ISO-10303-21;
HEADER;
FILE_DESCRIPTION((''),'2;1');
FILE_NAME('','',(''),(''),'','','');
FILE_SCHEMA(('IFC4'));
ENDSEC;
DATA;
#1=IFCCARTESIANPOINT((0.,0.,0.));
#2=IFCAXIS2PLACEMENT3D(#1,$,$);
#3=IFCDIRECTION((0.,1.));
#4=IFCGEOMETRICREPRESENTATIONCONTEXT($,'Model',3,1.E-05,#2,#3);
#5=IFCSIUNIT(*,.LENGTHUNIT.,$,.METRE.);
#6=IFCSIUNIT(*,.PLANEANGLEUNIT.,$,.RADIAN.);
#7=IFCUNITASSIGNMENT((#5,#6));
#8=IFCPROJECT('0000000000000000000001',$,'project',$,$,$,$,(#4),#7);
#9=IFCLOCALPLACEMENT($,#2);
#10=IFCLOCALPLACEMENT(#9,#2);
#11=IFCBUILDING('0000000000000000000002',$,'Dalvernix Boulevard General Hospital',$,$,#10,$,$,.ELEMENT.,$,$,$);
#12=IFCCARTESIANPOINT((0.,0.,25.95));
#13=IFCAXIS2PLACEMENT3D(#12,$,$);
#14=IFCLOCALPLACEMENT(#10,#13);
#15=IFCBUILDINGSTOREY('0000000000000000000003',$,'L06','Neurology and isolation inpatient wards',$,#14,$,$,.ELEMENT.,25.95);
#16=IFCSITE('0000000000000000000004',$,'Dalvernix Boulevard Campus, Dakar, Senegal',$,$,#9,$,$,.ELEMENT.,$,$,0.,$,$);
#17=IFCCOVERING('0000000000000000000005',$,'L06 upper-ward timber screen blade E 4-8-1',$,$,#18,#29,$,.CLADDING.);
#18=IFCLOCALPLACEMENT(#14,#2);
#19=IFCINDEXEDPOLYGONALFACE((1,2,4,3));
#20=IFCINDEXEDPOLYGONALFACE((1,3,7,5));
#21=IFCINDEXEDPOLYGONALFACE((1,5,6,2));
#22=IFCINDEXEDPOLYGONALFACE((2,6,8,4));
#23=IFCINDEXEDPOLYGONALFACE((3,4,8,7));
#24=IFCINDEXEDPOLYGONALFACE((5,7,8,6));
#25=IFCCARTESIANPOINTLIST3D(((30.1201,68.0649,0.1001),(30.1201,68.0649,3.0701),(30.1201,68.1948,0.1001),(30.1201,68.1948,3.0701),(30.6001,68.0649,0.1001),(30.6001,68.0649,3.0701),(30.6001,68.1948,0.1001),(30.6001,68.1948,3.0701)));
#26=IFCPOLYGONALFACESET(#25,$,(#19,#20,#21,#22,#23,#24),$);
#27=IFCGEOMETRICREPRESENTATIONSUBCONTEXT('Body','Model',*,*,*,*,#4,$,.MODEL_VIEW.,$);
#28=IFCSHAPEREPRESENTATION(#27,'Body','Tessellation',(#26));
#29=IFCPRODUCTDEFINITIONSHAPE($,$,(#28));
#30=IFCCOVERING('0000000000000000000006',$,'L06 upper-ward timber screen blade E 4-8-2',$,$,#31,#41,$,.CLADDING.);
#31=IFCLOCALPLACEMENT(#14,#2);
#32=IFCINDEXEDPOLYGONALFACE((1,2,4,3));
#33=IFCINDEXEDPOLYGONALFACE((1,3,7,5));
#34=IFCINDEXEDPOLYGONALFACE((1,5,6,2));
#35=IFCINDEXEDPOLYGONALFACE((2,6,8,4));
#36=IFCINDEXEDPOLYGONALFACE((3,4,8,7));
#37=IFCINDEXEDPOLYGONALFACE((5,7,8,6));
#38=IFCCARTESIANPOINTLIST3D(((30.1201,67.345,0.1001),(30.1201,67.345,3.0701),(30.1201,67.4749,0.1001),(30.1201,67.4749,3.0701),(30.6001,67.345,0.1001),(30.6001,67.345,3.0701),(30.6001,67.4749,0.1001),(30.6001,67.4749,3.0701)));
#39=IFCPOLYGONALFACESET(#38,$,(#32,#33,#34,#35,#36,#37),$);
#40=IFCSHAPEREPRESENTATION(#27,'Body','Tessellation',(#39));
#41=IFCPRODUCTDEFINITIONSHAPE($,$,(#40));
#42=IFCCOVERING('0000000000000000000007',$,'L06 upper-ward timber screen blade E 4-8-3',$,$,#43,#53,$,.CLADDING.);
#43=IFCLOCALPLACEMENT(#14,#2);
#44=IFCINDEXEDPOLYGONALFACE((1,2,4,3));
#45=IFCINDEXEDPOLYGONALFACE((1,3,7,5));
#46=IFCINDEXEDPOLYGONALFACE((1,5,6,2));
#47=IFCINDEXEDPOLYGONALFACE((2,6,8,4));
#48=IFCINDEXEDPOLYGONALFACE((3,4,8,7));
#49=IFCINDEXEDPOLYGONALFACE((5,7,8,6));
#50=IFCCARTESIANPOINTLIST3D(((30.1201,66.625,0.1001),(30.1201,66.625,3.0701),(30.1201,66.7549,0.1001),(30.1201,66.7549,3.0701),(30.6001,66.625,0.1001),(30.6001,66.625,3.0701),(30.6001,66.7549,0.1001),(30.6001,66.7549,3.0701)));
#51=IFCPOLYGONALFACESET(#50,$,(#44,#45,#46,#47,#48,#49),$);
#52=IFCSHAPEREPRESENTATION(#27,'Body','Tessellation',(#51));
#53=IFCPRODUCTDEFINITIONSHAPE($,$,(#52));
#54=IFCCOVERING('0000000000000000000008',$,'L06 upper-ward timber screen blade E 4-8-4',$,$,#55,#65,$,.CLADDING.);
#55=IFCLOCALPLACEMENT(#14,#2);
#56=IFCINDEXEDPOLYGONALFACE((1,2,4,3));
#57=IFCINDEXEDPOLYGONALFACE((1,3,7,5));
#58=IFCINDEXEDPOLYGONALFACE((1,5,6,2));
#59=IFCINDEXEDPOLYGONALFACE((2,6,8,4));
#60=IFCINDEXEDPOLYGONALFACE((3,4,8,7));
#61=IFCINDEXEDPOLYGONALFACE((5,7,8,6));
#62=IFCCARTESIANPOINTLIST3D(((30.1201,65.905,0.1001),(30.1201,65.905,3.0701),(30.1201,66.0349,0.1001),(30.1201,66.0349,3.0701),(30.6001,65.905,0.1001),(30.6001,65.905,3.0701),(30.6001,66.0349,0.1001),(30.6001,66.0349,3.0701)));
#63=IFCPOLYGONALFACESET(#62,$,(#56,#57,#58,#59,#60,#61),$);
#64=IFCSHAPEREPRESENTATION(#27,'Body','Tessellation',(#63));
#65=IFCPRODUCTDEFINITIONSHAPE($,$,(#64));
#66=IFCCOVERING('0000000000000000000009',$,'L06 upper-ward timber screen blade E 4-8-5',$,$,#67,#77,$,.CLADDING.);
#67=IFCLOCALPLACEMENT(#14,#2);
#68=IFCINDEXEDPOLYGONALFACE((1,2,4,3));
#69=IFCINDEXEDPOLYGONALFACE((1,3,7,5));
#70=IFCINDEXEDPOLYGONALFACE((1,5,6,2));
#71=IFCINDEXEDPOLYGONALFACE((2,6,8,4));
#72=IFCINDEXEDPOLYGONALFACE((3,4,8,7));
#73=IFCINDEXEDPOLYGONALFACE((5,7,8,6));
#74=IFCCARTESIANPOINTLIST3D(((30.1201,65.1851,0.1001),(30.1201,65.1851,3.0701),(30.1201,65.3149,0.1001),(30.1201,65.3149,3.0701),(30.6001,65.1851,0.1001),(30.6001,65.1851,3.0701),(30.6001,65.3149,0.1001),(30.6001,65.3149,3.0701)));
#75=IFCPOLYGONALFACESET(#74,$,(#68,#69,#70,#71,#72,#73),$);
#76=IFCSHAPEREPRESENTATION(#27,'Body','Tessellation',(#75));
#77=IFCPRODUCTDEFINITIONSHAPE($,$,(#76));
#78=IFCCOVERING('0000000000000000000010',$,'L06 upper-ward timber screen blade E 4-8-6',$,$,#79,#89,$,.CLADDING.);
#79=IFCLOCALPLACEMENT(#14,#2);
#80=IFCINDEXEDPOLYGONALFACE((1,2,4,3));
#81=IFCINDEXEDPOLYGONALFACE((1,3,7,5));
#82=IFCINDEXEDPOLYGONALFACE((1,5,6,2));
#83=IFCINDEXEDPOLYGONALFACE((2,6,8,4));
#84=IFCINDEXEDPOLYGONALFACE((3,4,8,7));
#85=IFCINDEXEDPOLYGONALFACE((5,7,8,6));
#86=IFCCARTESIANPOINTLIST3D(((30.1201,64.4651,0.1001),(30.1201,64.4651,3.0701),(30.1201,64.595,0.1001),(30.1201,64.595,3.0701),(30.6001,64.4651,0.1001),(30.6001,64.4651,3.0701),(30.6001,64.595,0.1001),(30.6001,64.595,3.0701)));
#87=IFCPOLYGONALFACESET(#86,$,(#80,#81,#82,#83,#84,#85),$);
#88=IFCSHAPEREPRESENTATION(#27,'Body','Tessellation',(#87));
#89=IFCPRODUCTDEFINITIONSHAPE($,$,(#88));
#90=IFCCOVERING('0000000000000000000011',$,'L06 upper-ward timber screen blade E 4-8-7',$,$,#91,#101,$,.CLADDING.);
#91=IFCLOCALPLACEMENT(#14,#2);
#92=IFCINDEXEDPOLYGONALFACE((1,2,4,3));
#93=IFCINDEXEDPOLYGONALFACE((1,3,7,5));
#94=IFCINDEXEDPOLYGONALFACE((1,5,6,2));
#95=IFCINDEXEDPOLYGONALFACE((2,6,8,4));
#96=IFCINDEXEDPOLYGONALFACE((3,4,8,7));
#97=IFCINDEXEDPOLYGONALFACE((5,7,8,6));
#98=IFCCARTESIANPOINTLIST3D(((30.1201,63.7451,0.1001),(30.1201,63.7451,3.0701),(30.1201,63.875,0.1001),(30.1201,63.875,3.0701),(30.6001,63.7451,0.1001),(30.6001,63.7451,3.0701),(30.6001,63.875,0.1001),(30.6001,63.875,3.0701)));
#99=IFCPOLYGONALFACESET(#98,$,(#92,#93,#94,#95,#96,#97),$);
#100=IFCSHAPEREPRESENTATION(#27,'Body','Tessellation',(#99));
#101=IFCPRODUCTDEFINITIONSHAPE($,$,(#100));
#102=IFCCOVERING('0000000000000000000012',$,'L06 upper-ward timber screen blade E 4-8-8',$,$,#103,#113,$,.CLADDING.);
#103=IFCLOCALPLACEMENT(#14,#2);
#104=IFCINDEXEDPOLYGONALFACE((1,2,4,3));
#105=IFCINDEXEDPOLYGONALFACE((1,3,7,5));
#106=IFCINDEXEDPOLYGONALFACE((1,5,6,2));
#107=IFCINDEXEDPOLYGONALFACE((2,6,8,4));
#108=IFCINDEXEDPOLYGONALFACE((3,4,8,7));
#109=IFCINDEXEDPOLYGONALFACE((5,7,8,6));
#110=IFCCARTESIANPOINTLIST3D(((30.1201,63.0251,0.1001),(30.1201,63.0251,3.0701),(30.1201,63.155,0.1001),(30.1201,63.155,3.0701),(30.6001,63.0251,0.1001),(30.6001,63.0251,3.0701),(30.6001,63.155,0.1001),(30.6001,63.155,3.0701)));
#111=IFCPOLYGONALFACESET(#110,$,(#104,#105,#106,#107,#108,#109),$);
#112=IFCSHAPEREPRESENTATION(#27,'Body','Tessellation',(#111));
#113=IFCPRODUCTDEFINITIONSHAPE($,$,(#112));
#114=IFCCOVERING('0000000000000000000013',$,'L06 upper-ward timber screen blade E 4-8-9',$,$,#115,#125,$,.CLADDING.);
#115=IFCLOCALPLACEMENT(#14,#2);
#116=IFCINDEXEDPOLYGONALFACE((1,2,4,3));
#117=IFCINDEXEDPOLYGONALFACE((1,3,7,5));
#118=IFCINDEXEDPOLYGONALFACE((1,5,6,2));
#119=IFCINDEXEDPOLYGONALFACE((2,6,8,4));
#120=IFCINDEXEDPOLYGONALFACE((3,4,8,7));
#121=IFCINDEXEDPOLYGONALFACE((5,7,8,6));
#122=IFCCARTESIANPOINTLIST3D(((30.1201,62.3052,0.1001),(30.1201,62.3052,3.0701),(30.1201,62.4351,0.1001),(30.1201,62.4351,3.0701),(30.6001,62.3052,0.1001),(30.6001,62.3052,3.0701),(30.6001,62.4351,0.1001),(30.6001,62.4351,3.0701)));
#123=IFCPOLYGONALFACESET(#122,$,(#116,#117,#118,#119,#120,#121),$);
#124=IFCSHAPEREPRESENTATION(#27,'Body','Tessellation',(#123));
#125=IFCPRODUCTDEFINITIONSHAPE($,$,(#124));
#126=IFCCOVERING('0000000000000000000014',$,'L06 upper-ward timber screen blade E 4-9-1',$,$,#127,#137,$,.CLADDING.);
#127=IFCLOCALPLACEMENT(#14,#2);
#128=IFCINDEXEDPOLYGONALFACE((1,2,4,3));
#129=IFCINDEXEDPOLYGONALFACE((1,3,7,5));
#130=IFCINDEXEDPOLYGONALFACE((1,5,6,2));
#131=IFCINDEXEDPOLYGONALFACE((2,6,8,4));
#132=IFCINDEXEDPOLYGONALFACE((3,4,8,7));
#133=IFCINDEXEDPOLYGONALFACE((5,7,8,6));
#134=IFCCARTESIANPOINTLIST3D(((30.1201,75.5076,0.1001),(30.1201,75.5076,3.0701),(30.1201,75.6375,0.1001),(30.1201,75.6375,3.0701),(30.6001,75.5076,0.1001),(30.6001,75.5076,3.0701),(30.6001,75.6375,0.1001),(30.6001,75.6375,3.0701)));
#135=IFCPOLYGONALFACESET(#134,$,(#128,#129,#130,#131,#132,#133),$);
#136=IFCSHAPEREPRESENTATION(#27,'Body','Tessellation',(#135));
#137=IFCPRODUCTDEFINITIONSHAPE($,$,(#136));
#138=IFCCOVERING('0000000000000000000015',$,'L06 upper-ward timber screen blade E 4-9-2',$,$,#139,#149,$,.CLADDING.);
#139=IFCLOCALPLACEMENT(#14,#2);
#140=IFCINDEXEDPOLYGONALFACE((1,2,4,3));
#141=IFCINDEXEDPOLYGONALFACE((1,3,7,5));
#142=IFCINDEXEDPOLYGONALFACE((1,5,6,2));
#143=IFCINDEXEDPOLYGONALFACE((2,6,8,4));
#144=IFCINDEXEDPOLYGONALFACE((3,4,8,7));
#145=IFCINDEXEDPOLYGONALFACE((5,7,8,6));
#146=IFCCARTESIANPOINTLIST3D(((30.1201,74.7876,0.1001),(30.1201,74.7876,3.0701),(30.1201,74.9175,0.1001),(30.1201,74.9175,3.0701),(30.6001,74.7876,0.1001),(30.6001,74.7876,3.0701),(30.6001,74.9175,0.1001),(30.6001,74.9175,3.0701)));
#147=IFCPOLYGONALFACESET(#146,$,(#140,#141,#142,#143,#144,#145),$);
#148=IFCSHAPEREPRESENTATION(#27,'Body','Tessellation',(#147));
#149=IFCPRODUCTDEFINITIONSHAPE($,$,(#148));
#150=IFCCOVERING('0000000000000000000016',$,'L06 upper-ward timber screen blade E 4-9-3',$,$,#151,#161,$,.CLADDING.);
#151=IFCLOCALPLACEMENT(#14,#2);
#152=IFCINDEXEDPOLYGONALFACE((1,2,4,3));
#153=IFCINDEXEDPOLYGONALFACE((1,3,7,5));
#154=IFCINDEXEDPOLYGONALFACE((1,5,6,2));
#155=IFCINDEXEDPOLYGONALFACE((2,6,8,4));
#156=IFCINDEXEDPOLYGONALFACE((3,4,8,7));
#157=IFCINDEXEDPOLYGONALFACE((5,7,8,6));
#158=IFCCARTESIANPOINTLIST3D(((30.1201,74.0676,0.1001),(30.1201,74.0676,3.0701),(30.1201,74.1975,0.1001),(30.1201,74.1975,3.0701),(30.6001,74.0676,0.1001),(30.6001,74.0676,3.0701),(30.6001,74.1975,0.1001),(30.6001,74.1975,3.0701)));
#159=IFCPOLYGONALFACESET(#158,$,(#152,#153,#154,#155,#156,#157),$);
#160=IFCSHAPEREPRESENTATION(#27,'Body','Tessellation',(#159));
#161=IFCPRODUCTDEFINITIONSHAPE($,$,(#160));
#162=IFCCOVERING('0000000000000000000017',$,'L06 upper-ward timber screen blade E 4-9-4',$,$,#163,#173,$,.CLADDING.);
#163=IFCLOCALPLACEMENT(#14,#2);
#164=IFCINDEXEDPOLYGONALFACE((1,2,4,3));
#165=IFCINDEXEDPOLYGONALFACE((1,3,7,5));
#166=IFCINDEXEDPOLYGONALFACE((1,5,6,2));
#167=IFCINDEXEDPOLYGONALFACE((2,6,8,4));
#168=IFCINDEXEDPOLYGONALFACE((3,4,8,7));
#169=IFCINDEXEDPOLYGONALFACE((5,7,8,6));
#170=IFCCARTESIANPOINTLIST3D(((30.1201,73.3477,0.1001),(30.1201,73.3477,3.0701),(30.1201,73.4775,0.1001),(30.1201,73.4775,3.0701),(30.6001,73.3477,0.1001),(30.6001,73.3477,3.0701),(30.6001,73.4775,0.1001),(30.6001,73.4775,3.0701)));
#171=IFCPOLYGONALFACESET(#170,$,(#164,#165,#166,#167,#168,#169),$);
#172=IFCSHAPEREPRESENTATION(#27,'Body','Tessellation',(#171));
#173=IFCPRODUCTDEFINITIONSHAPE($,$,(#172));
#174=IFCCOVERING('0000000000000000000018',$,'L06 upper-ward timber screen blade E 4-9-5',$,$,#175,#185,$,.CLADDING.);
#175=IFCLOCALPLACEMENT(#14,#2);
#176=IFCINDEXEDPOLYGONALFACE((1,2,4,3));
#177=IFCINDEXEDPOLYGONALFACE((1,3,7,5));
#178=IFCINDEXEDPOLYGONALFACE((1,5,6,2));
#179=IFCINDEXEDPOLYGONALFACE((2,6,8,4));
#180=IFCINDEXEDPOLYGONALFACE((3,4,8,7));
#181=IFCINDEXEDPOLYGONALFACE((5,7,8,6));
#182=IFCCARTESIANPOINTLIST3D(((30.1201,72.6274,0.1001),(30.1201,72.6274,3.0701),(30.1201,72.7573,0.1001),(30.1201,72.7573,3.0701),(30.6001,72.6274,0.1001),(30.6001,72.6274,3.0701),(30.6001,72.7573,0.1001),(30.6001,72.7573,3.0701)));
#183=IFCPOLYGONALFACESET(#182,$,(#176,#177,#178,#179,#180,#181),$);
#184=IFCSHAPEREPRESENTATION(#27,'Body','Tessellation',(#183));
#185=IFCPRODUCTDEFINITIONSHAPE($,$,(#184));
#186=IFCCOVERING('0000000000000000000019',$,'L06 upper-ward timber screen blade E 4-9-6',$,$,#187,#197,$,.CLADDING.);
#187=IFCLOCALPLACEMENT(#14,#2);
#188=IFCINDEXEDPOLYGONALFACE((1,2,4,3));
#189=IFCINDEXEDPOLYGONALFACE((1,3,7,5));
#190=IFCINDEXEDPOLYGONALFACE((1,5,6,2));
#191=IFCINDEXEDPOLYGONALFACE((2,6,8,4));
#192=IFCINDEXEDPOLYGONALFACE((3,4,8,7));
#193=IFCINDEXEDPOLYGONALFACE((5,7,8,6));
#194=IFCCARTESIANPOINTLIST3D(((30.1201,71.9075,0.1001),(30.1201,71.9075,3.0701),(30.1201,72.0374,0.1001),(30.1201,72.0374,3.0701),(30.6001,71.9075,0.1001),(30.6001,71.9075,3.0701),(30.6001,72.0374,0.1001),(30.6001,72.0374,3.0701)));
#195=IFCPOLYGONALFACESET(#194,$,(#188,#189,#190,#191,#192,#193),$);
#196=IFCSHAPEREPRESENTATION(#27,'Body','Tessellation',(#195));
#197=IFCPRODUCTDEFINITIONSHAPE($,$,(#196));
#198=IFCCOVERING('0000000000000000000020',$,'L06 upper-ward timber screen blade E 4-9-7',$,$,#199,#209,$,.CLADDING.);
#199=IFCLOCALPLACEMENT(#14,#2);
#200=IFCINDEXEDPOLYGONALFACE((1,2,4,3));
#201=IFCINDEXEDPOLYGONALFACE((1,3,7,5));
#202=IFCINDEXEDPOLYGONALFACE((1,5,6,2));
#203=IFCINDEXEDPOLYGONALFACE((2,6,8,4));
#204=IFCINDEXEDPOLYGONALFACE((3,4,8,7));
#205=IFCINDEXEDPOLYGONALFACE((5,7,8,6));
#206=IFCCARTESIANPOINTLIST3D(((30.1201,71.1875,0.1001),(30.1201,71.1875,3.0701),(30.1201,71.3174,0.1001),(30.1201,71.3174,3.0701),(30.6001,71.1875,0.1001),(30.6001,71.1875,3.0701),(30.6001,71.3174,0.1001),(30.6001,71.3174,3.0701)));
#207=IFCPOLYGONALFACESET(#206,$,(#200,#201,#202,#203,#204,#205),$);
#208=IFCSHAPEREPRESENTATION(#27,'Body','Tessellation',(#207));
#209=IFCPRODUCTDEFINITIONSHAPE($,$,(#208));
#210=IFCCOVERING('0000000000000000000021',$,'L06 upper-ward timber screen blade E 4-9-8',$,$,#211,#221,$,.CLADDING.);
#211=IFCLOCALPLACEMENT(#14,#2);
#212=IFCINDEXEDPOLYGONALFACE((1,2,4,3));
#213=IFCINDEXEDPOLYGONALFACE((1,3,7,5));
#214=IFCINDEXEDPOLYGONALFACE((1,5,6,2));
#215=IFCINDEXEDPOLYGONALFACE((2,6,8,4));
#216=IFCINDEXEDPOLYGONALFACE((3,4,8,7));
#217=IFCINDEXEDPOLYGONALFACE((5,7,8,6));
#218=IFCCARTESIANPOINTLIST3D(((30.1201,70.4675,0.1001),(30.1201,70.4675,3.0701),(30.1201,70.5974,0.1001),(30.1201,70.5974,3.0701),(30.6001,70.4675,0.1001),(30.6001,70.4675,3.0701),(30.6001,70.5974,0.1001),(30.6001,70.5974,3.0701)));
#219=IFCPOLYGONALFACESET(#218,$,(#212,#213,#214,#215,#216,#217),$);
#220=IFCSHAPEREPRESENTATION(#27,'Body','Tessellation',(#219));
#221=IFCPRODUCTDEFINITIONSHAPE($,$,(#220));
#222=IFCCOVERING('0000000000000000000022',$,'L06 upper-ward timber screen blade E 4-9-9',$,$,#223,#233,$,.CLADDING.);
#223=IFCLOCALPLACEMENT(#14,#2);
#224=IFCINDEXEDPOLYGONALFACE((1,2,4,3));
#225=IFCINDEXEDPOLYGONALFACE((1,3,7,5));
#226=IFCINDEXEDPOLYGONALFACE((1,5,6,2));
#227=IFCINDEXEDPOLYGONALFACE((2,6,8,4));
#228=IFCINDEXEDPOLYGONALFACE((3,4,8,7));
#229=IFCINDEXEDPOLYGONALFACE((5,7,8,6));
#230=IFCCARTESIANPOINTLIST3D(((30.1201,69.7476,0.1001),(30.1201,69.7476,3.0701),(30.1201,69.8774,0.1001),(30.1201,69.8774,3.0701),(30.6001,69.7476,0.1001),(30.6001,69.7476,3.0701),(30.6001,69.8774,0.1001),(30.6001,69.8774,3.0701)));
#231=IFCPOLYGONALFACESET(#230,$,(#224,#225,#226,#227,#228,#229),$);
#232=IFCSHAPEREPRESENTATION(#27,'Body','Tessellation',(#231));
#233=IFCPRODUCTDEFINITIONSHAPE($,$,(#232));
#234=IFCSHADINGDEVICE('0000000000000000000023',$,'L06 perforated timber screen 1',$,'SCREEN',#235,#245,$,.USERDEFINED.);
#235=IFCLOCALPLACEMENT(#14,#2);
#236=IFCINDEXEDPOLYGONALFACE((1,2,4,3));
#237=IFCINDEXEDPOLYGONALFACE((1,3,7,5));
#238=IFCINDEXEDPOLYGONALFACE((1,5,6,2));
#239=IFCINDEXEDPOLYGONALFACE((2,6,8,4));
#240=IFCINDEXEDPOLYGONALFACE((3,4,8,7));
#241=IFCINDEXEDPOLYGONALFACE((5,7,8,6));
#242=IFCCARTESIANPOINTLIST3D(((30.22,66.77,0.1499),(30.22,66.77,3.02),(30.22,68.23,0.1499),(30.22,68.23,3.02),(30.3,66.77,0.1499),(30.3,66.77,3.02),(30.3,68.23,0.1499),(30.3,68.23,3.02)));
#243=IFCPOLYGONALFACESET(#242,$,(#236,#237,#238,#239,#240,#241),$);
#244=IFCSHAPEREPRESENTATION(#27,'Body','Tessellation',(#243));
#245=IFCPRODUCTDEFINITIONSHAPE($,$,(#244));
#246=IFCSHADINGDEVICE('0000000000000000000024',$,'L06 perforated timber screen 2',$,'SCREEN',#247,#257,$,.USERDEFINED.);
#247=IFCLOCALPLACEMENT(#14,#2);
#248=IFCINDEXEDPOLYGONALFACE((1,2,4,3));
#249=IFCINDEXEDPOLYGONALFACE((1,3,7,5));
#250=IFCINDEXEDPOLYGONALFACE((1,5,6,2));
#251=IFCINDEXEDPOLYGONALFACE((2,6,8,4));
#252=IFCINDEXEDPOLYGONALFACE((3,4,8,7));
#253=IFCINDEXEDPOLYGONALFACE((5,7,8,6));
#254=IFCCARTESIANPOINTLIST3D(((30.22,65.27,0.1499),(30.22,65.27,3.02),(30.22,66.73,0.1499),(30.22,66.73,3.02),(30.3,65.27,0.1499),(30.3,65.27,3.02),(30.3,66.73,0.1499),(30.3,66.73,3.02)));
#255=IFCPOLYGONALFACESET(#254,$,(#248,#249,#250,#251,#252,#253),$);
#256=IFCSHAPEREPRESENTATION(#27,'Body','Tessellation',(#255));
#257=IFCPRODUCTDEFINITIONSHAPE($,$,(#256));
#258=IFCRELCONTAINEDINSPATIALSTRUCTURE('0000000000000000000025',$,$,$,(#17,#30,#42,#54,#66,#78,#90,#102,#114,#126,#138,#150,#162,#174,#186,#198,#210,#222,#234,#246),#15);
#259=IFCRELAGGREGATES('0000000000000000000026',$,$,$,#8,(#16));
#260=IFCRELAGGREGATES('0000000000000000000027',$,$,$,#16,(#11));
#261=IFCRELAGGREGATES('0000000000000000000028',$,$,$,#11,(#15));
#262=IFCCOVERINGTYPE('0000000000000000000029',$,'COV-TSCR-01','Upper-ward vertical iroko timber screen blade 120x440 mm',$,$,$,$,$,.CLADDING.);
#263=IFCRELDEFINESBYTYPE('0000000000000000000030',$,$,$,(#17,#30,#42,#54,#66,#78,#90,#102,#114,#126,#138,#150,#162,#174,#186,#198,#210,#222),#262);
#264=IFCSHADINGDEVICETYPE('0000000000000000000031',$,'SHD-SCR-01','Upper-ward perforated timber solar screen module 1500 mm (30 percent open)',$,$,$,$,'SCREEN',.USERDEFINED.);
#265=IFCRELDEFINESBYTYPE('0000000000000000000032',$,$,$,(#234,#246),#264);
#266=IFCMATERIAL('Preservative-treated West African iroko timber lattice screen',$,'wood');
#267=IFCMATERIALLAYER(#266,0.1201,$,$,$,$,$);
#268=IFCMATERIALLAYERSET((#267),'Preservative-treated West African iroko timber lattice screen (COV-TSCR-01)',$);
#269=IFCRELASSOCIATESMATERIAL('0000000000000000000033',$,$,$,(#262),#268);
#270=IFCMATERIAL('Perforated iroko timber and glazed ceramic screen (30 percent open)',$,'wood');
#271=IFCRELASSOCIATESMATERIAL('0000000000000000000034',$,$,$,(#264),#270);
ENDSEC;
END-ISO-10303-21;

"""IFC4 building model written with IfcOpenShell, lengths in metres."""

from ifc_helpers import new_model, si_unit, direction, frame, origin, origin_2d, place, context, subcontext, project, spatial, rectangle, extrude, material, layer, layer_set, type_object, element, save


model = new_model("IFC4")

# Units and contexts
model_context = context("Model", 3, precision=1e-05, world=origin(), true_north=direction((0.0, 1.0)))
body_context = subcontext(model_context, "Body", "Model", "MODEL_VIEW")
ifc_project = project(units=[si_unit("LENGTHUNIT", "METRE"), si_unit("PLANEANGLEUNIT", "RADIAN")], contexts=[model_context])

# Site, building, storey
site_placement = place(None, origin())
site = spatial("IfcSite", under=ifc_project, at=site_placement, Name="Dalvernix Boulevard Campus, Dakar, Senegal", CompositionType="ELEMENT", RefElevation=0.0)
building_placement = place(site_placement, origin())
building = spatial("IfcBuilding", under=site, at=building_placement, Name="Dalvernix Boulevard General Hospital", CompositionType="ELEMENT")
storey_placement = place(building_placement, frame((0.0, 0.0, 25.95)))
storey = spatial("IfcBuildingStorey", under=building, at=storey_placement, Name="L06", Description="Neurology and isolation inpatient wards", CompositionType="ELEMENT", Elevation=25.95)

# Coverings
ifc_material_1 = material(Name="Preservative-treated West African iroko timber lattice screen", Category="wood")
ifc_layer = layer(ifc_material_1, 0.1201)
ifc_layer_set = layer_set([ifc_layer], Name="Preservative-treated West African iroko timber lattice screen (COV-TSCR-01)")
covering_type = type_object("IfcCoveringType", Name="COV-TSCR-01", Description="Upper-ward vertical iroko timber screen blade 120x440 mm", PredefinedType="CLADDING", material=ifc_layer_set)
for number, where, z_axis, x_axis, name in (
    (1, (30.3601, 68.1299, 0.1001), (0.0, 0.0, 1.0), (0.0, -1.0, 0.0), "L06 upper-ward timber screen blade E 4-8-1"),
    (2, (30.3601, 67.4099, 0.1001), (0.0, 0.0, 1.0), (0.0, -1.0, 0.0), "L06 upper-ward timber screen blade E 4-8-2"),
    (3, (30.3601, 66.6899, 0.1001), (0.0, 0.0, 1.0), (0.0, -1.0, 0.0), "L06 upper-ward timber screen blade E 4-8-3"),
    (4, (30.3601, 65.97, 0.1001), (0.0, 0.0, 1.0), (0.0, -1.0, 0.0), "L06 upper-ward timber screen blade E 4-8-4"),
    (5, (30.3601, 65.25, 0.1001), (0.0, 0.0, 1.0), (0.0, -1.0, 0.0), "L06 upper-ward timber screen blade E 4-8-5"),
    (6, (30.3601, 64.53, 0.1001), (0.0, 0.0, 1.0), (0.0, -1.0, 0.0), "L06 upper-ward timber screen blade E 4-8-6"),
    (7, (30.3601, 63.8101, 0.1001), (0.0, 0.0, 1.0), (0.0, -1.0, 0.0), "L06 upper-ward timber screen blade E 4-8-7"),
    (8, (30.3601, 63.0901, 0.1001), (0.0, 0.0, 1.0), (0.0, -1.0, 0.0), "L06 upper-ward timber screen blade E 4-8-8"),
    (9, (30.3601, 62.3701, 0.1001), (0.0, 0.0, 1.0), (0.0, -1.0, 0.0), "L06 upper-ward timber screen blade E 4-8-9"),
    (10, (30.3601, 75.5725, 0.1001), (0.0, 0.0, 1.0), (0.0, -1.0, 0.0), "L06 upper-ward timber screen blade E 4-9-1"),
    (11, (30.3601, 74.8525, 0.1001), (0.0, 0.0, 1.0), (0.0, -1.0, 0.0), "L06 upper-ward timber screen blade E 4-9-2"),
    (12, (30.3601, 74.1326, 0.1001), (0.0, 0.0, 1.0), (0.0, -1.0, 0.0), "L06 upper-ward timber screen blade E 4-9-3"),
    (13, (30.3601, 73.4126, 0.1001), (0.0, 0.0, 1.0), (0.0, -1.0, 0.0), "L06 upper-ward timber screen blade E 4-9-4"),
    (14, (30.3601, 72.6924, 0.1001), (0.0, 0.0, 1.0), (0.0, -1.0, 0.0), "L06 upper-ward timber screen blade E 4-9-5"),
    (15, (30.3601, 71.9724, 0.1001), (0.0, 0.0, 1.0), (0.0, -1.0, 0.0), "L06 upper-ward timber screen blade E 4-9-6"),
    (16, (30.3601, 71.2524, 0.1001), (0.0, 0.0, 1.0), (0.0, -1.0, 0.0), "L06 upper-ward timber screen blade E 4-9-7"),
    (17, (30.3601, 70.5325, 0.1001), (0.0, 0.0, 1.0), (0.0, -1.0, 0.0), "L06 upper-ward timber screen blade E 4-9-8"),
    (18, (30.3601, 69.8125, 0.1001), (0.0, 0.0, 1.0), (0.0, -1.0, 0.0), "L06 upper-ward timber screen blade E 4-9-9"),
):
    element("IfcCovering", number, at=place(storey_placement, frame(where, z_axis=z_axis, x_axis=x_axis)), inside=storey, type_object=covering_type, Name=name, PredefinedType="CLADDING", context=body_context, shape_type="SweptSolid", body=[
        extrude(rectangle(XDim=0.1299, YDim=0.48, at=origin_2d()), origin(), (0.0, 0.0, 1.0), 2.97),
    ])

# Shading devices
ifc_material_2 = material(Name="Perforated iroko timber and glazed ceramic screen (30 percent open)", Category="wood")
shading_device_type = type_object("IfcShadingDeviceType", Name="SHD-SCR-01", Description="Upper-ward perforated timber solar screen module 1500 mm (30 percent open)", ElementType="SCREEN", PredefinedType="USERDEFINED", material=ifc_material_2)
for number, where, z_axis, x_axis, name in (
    (19, (30.26, 67.5, 0.1499), (0.0, 0.0, 1.0), (0.0, -1.0, 0.0), "L06 perforated timber screen 1"),
    (20, (30.26, 66.0, 0.1499), (0.0, 0.0, 1.0), (0.0, -1.0, 0.0), "L06 perforated timber screen 2"),
):
    element("IfcShadingDevice", number, at=place(storey_placement, frame(where, z_axis=z_axis, x_axis=x_axis)), inside=storey, type_object=shading_device_type, Name=name, ObjectType="SCREEN", PredefinedType="USERDEFINED", context=body_context, shape_type="SweptSolid", body=[
        extrude(rectangle(XDim=1.46, YDim=0.0801, at=origin_2d()), origin(), (0.0, 0.0, 1.0), 2.8701),
    ])

save(model, "model.ifc")
